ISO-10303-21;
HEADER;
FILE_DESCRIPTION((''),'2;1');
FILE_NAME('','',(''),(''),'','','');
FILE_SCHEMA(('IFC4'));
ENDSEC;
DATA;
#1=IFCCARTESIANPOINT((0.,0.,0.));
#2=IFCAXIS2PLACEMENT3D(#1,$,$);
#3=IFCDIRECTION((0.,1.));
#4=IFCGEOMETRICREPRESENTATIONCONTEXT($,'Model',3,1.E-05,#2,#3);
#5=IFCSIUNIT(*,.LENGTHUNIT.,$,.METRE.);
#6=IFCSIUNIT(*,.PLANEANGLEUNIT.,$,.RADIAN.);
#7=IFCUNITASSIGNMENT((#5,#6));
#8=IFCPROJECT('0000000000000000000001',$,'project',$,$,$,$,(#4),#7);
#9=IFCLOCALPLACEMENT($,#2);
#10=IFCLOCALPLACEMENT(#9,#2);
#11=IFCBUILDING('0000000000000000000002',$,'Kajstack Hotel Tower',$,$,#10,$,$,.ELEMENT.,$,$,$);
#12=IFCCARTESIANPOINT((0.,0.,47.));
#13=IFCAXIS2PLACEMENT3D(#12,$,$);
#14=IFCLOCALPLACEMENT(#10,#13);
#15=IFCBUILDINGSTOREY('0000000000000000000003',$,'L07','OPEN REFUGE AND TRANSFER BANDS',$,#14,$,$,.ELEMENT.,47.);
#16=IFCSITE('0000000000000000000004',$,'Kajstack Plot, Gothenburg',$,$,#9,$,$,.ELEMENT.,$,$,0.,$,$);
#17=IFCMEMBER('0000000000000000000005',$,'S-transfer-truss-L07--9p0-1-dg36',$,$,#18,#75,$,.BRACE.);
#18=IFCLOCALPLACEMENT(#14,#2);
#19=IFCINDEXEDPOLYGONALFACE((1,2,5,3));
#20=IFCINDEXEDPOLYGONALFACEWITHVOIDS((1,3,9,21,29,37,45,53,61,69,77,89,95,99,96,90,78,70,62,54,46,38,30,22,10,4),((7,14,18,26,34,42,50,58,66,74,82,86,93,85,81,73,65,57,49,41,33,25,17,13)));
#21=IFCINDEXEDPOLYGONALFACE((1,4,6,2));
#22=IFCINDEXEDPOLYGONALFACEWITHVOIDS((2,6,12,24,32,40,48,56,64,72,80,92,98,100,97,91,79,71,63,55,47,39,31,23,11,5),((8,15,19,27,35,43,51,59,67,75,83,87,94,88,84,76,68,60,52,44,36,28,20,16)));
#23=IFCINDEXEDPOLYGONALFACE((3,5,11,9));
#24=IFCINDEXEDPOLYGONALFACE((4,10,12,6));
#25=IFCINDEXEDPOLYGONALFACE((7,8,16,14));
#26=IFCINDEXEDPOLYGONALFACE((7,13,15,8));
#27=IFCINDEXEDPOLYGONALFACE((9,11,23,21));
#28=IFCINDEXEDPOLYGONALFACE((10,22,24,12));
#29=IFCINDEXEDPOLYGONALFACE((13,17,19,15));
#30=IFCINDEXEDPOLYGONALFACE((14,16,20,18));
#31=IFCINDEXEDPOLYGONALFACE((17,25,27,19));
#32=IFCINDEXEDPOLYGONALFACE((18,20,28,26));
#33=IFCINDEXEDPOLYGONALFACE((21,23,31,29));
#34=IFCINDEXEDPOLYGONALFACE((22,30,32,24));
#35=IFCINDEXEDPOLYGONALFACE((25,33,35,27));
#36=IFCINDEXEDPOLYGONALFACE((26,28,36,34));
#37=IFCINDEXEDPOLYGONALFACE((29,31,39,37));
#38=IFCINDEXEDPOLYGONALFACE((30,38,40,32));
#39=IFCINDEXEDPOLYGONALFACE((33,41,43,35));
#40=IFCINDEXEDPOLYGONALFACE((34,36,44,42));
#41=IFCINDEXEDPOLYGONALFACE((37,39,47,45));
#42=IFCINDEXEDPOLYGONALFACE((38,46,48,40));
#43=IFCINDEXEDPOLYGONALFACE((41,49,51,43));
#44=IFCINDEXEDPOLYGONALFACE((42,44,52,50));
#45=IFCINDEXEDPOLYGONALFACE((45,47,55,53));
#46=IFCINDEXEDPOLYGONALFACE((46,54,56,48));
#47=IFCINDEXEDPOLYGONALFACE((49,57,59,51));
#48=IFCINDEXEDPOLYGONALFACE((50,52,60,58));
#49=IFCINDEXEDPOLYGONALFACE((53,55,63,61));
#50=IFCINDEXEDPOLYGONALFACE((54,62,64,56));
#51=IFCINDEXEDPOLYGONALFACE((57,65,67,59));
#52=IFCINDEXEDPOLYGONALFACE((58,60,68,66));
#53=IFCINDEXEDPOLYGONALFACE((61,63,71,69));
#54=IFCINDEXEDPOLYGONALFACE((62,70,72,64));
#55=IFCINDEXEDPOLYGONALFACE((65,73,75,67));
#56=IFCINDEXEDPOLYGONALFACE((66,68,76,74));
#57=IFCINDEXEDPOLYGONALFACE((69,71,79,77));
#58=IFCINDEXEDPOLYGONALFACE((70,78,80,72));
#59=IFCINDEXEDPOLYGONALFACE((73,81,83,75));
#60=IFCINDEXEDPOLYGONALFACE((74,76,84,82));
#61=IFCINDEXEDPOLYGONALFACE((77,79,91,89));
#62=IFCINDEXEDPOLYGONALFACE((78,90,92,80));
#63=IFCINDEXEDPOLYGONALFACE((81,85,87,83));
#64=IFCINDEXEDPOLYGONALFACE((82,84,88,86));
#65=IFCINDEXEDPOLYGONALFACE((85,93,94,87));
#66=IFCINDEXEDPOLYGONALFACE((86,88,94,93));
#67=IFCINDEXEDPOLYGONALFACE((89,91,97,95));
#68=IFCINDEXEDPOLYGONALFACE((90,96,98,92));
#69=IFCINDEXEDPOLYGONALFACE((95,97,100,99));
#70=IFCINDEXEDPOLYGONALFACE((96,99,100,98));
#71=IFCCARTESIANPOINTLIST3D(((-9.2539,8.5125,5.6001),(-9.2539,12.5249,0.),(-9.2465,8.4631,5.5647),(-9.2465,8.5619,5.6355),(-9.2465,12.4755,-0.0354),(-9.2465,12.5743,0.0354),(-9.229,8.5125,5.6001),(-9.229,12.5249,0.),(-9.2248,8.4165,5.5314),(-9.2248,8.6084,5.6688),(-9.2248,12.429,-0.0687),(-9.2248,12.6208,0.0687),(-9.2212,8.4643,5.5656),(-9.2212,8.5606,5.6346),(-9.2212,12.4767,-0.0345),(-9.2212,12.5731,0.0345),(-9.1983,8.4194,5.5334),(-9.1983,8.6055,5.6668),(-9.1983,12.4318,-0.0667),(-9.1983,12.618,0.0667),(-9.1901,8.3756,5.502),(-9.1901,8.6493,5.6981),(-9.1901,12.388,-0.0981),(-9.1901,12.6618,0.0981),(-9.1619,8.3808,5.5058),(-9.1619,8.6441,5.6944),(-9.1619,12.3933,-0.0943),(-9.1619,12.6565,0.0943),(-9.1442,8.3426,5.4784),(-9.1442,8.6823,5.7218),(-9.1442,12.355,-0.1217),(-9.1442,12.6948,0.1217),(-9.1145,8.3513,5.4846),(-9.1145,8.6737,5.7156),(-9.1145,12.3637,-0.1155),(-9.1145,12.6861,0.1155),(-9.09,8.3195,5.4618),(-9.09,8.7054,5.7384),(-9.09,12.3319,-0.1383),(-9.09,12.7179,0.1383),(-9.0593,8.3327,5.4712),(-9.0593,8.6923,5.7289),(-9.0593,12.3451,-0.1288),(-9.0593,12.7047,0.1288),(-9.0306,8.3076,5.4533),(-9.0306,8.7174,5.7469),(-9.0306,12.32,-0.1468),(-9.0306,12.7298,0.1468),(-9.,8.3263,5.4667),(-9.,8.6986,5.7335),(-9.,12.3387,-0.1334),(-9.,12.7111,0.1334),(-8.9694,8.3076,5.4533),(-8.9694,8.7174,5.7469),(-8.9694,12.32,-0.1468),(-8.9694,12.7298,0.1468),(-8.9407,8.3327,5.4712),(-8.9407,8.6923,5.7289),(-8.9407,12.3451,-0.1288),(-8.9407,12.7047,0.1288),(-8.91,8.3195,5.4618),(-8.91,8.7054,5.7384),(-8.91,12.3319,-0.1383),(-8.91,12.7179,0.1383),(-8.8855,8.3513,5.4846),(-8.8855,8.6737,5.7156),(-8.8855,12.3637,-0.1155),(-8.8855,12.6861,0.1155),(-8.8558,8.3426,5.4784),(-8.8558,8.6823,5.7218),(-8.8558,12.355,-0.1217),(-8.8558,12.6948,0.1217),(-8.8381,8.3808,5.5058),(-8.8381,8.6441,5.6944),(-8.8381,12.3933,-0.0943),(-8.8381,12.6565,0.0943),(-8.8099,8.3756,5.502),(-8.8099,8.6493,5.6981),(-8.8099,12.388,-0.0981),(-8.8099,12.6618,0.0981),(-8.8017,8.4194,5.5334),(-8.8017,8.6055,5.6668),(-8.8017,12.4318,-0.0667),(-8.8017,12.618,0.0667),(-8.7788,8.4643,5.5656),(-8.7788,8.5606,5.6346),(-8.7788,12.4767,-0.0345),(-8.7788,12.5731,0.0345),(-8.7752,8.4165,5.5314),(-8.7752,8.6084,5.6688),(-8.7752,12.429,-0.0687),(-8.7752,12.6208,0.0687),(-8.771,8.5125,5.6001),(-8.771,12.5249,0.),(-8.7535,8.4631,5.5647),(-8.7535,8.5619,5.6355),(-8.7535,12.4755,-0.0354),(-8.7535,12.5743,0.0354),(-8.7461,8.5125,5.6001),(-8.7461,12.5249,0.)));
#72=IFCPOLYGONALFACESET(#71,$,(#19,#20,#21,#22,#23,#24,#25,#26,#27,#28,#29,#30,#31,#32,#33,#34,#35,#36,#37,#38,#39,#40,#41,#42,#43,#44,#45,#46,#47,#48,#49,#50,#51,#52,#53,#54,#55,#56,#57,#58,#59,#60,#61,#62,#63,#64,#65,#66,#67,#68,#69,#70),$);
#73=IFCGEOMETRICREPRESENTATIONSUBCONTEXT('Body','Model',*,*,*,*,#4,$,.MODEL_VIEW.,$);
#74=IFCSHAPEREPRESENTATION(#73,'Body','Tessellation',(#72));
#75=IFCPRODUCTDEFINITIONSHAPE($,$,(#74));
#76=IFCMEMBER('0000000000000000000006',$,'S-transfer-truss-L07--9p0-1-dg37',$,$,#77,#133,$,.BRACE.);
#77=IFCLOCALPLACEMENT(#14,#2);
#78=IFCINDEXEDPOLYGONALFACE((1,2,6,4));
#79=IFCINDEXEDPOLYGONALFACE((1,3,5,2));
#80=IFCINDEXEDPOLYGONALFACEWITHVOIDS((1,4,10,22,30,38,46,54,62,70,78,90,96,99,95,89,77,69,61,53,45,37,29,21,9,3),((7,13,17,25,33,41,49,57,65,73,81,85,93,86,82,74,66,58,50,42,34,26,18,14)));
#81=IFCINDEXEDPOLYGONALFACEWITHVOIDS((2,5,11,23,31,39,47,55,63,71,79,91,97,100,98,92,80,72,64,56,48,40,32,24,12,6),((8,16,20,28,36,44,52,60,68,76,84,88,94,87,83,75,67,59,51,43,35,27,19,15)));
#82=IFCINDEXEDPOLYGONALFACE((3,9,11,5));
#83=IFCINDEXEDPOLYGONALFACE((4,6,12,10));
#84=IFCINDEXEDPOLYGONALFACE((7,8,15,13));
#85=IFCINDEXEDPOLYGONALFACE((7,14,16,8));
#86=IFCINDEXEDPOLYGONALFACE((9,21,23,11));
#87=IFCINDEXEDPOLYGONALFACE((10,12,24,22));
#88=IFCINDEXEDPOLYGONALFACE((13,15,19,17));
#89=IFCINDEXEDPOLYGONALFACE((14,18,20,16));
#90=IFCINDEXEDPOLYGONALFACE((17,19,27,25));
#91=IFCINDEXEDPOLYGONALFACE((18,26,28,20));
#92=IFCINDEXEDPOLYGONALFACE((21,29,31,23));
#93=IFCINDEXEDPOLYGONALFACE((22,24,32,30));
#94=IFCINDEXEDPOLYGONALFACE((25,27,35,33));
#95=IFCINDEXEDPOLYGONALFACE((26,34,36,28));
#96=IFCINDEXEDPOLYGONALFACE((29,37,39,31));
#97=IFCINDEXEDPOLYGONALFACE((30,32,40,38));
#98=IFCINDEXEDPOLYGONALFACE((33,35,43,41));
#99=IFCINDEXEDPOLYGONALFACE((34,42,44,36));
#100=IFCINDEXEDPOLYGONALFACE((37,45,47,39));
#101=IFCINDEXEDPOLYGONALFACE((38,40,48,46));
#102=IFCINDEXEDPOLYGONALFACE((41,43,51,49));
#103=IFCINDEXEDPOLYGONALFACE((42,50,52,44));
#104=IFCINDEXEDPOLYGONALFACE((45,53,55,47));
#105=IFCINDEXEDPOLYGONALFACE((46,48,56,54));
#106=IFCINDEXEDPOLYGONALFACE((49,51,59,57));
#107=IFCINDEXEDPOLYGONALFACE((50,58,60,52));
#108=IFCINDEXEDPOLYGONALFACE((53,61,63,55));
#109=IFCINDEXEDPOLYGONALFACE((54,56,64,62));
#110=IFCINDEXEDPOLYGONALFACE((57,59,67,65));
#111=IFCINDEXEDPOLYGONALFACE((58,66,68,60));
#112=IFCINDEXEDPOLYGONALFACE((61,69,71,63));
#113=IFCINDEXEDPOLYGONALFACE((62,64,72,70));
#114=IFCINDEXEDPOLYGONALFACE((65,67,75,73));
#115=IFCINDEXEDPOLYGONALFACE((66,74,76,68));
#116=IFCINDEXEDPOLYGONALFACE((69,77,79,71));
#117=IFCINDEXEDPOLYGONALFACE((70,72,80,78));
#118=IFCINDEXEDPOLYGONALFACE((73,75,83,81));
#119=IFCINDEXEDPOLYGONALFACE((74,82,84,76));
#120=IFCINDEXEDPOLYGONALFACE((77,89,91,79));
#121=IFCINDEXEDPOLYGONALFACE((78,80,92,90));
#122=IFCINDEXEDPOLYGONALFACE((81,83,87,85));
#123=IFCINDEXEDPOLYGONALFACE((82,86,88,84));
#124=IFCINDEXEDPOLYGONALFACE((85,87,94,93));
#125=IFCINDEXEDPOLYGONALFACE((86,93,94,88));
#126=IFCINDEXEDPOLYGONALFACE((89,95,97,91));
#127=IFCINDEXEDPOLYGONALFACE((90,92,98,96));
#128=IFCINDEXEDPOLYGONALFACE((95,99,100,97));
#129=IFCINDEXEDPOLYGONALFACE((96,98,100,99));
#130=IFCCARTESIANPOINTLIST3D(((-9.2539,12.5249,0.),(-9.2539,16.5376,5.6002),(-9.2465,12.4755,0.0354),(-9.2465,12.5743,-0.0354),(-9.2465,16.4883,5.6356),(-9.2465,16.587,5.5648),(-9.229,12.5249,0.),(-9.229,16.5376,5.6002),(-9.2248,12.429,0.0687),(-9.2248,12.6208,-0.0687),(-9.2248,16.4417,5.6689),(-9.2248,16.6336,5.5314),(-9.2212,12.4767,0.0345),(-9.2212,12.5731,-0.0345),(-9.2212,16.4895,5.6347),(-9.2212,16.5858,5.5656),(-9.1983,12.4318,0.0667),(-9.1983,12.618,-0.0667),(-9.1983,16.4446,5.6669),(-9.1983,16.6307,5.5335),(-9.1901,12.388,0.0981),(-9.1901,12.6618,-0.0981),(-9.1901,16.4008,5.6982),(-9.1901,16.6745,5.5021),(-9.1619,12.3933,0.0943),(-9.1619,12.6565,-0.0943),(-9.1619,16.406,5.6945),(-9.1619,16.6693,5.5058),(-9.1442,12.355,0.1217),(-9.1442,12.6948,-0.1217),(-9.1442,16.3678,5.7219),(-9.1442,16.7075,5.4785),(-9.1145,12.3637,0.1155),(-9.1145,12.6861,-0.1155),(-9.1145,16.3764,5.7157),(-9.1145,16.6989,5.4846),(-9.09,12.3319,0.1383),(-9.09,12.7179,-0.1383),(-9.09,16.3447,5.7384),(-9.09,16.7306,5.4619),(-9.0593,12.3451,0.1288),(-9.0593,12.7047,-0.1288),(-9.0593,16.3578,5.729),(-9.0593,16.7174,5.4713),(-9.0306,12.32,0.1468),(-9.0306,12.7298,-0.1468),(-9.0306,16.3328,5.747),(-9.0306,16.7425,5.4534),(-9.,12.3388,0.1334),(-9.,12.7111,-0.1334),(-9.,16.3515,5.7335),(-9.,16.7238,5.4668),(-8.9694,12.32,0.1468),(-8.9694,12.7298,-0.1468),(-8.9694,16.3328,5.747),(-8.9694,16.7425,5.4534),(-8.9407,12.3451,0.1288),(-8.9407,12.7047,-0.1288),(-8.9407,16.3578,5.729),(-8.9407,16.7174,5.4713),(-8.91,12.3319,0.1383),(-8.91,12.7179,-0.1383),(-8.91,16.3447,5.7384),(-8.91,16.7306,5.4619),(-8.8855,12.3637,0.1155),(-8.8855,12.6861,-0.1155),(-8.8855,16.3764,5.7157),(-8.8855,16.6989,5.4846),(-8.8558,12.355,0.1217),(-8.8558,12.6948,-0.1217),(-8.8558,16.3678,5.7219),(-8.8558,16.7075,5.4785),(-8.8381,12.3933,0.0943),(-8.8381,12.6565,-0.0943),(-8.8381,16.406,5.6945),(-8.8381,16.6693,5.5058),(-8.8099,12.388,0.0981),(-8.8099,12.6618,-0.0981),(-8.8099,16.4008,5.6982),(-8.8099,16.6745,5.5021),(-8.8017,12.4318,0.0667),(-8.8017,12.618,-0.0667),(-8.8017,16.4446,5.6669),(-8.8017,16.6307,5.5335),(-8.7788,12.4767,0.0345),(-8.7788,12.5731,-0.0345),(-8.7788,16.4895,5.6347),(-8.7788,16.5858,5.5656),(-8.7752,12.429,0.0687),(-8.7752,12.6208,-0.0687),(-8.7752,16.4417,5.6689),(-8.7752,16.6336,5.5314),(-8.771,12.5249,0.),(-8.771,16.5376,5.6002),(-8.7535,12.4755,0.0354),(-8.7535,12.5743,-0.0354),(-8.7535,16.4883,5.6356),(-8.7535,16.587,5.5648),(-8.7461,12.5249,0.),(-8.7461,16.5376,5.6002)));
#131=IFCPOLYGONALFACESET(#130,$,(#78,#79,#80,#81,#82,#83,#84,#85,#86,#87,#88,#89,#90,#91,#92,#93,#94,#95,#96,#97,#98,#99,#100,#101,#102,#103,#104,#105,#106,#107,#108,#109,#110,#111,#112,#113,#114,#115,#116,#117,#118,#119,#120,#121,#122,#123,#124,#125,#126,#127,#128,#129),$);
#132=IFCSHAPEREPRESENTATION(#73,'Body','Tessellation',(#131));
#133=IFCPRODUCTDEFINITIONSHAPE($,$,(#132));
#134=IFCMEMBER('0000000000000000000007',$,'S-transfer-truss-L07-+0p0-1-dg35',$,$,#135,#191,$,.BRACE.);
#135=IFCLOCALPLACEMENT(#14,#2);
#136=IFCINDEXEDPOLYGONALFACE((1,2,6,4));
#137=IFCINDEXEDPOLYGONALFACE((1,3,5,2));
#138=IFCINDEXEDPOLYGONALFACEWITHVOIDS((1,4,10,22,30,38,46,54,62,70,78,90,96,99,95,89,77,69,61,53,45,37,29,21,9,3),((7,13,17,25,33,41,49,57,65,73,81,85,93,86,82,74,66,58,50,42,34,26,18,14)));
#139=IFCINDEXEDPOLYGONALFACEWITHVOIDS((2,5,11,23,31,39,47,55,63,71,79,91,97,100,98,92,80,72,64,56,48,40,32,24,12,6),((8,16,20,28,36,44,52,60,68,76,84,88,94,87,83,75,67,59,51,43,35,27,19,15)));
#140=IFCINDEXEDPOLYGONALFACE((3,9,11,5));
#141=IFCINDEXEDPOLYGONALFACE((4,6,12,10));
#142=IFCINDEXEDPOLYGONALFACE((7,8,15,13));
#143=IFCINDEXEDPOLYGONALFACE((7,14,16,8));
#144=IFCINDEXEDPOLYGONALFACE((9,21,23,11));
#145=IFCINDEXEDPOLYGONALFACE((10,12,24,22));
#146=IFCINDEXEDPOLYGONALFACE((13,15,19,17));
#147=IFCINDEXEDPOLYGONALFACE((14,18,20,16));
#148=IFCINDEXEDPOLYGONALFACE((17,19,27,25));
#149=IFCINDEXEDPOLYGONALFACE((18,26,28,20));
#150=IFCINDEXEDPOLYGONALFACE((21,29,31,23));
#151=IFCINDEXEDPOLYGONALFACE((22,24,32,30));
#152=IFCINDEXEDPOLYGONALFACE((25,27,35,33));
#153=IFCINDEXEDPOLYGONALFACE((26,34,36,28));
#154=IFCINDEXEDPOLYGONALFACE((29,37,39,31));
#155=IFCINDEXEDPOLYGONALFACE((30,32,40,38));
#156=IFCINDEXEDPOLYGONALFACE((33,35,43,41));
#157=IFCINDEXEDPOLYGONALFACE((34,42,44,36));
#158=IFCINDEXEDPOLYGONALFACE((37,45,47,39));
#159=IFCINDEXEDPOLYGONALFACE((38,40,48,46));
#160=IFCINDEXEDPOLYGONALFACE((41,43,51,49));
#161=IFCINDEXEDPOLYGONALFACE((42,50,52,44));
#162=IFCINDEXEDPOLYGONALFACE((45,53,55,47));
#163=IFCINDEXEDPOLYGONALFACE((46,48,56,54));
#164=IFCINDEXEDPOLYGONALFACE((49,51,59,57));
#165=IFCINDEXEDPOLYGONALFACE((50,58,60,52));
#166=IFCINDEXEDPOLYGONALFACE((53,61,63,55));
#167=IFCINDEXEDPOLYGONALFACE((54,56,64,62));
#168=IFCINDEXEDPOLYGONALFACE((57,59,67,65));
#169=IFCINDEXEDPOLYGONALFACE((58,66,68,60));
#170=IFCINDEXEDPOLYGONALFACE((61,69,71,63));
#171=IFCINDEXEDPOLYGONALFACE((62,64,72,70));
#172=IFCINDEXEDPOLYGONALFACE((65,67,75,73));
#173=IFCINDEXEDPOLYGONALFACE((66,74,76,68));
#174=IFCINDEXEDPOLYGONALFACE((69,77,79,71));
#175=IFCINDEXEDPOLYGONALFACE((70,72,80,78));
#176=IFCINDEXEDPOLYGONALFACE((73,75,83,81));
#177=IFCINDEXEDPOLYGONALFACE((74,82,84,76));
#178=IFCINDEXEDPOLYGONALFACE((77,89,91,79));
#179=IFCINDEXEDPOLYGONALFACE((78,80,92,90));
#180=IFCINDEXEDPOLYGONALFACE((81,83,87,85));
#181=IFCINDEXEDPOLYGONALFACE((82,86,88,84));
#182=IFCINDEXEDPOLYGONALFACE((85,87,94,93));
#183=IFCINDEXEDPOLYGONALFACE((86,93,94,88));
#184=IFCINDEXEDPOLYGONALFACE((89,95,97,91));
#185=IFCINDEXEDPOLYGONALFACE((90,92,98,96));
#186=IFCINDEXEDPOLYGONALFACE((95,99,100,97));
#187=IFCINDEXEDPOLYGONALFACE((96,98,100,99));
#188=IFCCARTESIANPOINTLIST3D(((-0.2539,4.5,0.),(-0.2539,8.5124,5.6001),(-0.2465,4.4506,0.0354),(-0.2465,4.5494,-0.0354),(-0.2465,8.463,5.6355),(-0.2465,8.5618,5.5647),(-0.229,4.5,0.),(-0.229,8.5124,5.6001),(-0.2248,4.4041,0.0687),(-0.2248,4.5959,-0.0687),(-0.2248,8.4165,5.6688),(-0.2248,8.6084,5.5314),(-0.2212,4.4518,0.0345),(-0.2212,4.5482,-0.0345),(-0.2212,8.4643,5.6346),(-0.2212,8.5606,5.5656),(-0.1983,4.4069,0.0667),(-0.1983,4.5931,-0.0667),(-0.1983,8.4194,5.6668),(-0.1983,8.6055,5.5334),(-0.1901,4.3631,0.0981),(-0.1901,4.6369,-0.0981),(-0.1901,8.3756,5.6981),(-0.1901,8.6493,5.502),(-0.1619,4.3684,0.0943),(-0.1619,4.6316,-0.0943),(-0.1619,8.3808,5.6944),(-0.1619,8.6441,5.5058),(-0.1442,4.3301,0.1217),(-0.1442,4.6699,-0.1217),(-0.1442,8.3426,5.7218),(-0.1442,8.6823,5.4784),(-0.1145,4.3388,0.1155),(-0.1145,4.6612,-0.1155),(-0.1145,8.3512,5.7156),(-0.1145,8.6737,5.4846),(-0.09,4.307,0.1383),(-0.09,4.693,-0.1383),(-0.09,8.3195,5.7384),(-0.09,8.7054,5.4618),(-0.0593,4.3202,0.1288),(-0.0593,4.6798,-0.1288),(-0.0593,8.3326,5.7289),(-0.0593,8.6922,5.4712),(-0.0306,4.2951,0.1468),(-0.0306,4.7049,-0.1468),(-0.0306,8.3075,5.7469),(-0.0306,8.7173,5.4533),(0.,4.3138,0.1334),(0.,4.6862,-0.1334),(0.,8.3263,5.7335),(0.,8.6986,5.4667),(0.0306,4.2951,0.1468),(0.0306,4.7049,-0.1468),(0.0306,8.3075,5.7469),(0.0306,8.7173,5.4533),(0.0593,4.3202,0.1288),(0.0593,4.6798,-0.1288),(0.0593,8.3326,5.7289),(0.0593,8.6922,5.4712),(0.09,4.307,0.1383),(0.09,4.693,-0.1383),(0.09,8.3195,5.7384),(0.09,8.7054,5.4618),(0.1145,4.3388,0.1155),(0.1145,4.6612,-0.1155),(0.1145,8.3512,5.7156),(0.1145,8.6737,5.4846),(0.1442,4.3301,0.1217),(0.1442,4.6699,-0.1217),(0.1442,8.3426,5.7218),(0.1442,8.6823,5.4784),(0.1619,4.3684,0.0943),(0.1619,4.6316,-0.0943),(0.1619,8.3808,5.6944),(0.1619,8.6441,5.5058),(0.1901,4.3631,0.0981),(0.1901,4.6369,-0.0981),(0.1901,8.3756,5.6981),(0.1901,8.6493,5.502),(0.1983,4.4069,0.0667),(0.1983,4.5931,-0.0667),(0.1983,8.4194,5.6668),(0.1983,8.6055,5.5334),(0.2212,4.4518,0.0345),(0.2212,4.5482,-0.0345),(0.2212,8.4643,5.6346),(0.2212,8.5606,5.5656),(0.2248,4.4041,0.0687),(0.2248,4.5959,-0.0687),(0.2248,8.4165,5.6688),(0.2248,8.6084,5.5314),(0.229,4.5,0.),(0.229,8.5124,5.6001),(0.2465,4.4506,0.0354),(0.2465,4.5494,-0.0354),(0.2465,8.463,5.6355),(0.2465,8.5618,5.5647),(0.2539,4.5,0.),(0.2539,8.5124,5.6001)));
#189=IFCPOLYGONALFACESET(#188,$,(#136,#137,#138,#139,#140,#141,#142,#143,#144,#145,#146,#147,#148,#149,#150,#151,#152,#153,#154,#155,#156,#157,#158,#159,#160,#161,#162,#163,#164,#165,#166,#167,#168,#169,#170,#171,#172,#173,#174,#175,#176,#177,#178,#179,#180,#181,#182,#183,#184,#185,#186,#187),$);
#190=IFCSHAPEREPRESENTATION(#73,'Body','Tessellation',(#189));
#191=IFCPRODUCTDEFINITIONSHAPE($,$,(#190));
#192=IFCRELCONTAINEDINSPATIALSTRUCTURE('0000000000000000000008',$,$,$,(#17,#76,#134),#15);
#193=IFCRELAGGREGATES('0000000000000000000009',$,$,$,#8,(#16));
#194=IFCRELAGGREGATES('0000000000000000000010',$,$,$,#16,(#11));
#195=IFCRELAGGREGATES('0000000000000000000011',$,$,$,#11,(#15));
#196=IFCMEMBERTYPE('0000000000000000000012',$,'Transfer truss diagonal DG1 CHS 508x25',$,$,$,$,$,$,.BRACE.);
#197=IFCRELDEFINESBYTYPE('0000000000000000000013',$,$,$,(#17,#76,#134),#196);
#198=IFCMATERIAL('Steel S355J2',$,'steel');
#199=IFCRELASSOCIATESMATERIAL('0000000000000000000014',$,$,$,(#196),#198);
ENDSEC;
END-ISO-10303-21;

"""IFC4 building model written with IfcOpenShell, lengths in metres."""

from ifc_helpers import new_model, si_unit, direction, frame, origin, origin_2d, place, context, subcontext, project, spatial, hollow_circle, extrude, material, material_profile, profile_set, type_object, element, save


model = new_model("IFC4")

# Units and contexts
model_context = context("Model", 3, precision=1e-05, world=origin(), true_north=direction((0.0, 1.0)))
body_context = subcontext(model_context, "Body", "Model", "MODEL_VIEW")
ifc_project = project(units=[si_unit("LENGTHUNIT", "METRE"), si_unit("PLANEANGLEUNIT", "RADIAN")], contexts=[model_context])

# Site, building, storey
site_placement = place(None, origin())
site = spatial("IfcSite", under=ifc_project, at=site_placement, Name="Kajstack Plot, Gothenburg", CompositionType="ELEMENT", RefElevation=0.0)
building_placement = place(site_placement, origin())
building = spatial("IfcBuilding", under=site, at=building_placement, Name="Kajstack Hotel Tower", CompositionType="ELEMENT")
storey_placement = place(building_placement, frame((0.0, 0.0, 47.0)))
storey = spatial("IfcBuildingStorey", under=building, at=storey_placement, Name="L07", Description="OPEN REFUGE AND TRANSFER BANDS", CompositionType="ELEMENT", Elevation=47.0)

# Members
ifc_material = material(Name="Steel S355J2", Category="steel")
ifc_material_profile_1 = material_profile(ifc_material, hollow_circle(Radius=0.2539, WallThickness=0.0249, at=origin_2d()), Name="CHS 508x25")
ifc_profile_set_1 = profile_set([ifc_material_profile_1], Name="Steel S355J2")
member_type_1 = type_object("IfcMemberType", Name="Transfer truss diagonal DG1 CHS 508x25", PredefinedType="BRACE", material=ifc_profile_set_1)
for number, where, z_axis, x_axis, name in (
    (1, (-9.0, 12.5249, 0.0), (0.0, -0.582428, 0.812883), (1.0, 0.0, 0.0), "S-transfer-truss-L07--9p0-1-dg36"),
):
    element("IfcMember", number, at=place(storey_placement, frame(where, z_axis=z_axis, x_axis=x_axis)), inside=storey, type_object=member_type_1, Name=name, PredefinedType="BRACE", context=body_context, shape_type="SweptSolid", body=[
        extrude(hollow_circle(Radius=0.2539, WallThickness=0.0249, at=origin_2d()), origin(), (0.0, 0.0, 1.0), 6.8892),
    ])
member_1_placement = place(storey_placement, frame((-9.0, 12.5249, 0.0), z_axis=(0.0, 0.582451, 0.812866), x_axis=(-1.0, 0.0, 0.0)))
element("IfcMember", 2, at=member_1_placement, inside=storey, type_object=member_type_1, Name="S-transfer-truss-L07--9p0-1-dg37", PredefinedType="BRACE", context=body_context, shape_type="SweptSolid", body=[
    extrude(hollow_circle(Radius=0.2539, WallThickness=0.0249, at=origin_2d()), origin(), (0.0, 0.0, 1.0), 6.8894),
])
for number, where, z_axis, x_axis, name in (
    (3, (0.0, 4.5, 0.0), (0.0, 0.582428, 0.812883), (-1.0, 0.0, 0.0), "S-transfer-truss-L07-+0p0-1-dg35"),
):
    element("IfcMember", number, at=place(storey_placement, frame(where, z_axis=z_axis, x_axis=x_axis)), inside=storey, type_object=member_type_1, Name=name, PredefinedType="BRACE", context=body_context, shape_type="SweptSolid", body=[
        extrude(hollow_circle(Radius=0.2539, WallThickness=0.0249, at=origin_2d()), origin(), (0.0, 0.0, 1.0), 6.8892),
    ])

save(model, "model.ifc")
